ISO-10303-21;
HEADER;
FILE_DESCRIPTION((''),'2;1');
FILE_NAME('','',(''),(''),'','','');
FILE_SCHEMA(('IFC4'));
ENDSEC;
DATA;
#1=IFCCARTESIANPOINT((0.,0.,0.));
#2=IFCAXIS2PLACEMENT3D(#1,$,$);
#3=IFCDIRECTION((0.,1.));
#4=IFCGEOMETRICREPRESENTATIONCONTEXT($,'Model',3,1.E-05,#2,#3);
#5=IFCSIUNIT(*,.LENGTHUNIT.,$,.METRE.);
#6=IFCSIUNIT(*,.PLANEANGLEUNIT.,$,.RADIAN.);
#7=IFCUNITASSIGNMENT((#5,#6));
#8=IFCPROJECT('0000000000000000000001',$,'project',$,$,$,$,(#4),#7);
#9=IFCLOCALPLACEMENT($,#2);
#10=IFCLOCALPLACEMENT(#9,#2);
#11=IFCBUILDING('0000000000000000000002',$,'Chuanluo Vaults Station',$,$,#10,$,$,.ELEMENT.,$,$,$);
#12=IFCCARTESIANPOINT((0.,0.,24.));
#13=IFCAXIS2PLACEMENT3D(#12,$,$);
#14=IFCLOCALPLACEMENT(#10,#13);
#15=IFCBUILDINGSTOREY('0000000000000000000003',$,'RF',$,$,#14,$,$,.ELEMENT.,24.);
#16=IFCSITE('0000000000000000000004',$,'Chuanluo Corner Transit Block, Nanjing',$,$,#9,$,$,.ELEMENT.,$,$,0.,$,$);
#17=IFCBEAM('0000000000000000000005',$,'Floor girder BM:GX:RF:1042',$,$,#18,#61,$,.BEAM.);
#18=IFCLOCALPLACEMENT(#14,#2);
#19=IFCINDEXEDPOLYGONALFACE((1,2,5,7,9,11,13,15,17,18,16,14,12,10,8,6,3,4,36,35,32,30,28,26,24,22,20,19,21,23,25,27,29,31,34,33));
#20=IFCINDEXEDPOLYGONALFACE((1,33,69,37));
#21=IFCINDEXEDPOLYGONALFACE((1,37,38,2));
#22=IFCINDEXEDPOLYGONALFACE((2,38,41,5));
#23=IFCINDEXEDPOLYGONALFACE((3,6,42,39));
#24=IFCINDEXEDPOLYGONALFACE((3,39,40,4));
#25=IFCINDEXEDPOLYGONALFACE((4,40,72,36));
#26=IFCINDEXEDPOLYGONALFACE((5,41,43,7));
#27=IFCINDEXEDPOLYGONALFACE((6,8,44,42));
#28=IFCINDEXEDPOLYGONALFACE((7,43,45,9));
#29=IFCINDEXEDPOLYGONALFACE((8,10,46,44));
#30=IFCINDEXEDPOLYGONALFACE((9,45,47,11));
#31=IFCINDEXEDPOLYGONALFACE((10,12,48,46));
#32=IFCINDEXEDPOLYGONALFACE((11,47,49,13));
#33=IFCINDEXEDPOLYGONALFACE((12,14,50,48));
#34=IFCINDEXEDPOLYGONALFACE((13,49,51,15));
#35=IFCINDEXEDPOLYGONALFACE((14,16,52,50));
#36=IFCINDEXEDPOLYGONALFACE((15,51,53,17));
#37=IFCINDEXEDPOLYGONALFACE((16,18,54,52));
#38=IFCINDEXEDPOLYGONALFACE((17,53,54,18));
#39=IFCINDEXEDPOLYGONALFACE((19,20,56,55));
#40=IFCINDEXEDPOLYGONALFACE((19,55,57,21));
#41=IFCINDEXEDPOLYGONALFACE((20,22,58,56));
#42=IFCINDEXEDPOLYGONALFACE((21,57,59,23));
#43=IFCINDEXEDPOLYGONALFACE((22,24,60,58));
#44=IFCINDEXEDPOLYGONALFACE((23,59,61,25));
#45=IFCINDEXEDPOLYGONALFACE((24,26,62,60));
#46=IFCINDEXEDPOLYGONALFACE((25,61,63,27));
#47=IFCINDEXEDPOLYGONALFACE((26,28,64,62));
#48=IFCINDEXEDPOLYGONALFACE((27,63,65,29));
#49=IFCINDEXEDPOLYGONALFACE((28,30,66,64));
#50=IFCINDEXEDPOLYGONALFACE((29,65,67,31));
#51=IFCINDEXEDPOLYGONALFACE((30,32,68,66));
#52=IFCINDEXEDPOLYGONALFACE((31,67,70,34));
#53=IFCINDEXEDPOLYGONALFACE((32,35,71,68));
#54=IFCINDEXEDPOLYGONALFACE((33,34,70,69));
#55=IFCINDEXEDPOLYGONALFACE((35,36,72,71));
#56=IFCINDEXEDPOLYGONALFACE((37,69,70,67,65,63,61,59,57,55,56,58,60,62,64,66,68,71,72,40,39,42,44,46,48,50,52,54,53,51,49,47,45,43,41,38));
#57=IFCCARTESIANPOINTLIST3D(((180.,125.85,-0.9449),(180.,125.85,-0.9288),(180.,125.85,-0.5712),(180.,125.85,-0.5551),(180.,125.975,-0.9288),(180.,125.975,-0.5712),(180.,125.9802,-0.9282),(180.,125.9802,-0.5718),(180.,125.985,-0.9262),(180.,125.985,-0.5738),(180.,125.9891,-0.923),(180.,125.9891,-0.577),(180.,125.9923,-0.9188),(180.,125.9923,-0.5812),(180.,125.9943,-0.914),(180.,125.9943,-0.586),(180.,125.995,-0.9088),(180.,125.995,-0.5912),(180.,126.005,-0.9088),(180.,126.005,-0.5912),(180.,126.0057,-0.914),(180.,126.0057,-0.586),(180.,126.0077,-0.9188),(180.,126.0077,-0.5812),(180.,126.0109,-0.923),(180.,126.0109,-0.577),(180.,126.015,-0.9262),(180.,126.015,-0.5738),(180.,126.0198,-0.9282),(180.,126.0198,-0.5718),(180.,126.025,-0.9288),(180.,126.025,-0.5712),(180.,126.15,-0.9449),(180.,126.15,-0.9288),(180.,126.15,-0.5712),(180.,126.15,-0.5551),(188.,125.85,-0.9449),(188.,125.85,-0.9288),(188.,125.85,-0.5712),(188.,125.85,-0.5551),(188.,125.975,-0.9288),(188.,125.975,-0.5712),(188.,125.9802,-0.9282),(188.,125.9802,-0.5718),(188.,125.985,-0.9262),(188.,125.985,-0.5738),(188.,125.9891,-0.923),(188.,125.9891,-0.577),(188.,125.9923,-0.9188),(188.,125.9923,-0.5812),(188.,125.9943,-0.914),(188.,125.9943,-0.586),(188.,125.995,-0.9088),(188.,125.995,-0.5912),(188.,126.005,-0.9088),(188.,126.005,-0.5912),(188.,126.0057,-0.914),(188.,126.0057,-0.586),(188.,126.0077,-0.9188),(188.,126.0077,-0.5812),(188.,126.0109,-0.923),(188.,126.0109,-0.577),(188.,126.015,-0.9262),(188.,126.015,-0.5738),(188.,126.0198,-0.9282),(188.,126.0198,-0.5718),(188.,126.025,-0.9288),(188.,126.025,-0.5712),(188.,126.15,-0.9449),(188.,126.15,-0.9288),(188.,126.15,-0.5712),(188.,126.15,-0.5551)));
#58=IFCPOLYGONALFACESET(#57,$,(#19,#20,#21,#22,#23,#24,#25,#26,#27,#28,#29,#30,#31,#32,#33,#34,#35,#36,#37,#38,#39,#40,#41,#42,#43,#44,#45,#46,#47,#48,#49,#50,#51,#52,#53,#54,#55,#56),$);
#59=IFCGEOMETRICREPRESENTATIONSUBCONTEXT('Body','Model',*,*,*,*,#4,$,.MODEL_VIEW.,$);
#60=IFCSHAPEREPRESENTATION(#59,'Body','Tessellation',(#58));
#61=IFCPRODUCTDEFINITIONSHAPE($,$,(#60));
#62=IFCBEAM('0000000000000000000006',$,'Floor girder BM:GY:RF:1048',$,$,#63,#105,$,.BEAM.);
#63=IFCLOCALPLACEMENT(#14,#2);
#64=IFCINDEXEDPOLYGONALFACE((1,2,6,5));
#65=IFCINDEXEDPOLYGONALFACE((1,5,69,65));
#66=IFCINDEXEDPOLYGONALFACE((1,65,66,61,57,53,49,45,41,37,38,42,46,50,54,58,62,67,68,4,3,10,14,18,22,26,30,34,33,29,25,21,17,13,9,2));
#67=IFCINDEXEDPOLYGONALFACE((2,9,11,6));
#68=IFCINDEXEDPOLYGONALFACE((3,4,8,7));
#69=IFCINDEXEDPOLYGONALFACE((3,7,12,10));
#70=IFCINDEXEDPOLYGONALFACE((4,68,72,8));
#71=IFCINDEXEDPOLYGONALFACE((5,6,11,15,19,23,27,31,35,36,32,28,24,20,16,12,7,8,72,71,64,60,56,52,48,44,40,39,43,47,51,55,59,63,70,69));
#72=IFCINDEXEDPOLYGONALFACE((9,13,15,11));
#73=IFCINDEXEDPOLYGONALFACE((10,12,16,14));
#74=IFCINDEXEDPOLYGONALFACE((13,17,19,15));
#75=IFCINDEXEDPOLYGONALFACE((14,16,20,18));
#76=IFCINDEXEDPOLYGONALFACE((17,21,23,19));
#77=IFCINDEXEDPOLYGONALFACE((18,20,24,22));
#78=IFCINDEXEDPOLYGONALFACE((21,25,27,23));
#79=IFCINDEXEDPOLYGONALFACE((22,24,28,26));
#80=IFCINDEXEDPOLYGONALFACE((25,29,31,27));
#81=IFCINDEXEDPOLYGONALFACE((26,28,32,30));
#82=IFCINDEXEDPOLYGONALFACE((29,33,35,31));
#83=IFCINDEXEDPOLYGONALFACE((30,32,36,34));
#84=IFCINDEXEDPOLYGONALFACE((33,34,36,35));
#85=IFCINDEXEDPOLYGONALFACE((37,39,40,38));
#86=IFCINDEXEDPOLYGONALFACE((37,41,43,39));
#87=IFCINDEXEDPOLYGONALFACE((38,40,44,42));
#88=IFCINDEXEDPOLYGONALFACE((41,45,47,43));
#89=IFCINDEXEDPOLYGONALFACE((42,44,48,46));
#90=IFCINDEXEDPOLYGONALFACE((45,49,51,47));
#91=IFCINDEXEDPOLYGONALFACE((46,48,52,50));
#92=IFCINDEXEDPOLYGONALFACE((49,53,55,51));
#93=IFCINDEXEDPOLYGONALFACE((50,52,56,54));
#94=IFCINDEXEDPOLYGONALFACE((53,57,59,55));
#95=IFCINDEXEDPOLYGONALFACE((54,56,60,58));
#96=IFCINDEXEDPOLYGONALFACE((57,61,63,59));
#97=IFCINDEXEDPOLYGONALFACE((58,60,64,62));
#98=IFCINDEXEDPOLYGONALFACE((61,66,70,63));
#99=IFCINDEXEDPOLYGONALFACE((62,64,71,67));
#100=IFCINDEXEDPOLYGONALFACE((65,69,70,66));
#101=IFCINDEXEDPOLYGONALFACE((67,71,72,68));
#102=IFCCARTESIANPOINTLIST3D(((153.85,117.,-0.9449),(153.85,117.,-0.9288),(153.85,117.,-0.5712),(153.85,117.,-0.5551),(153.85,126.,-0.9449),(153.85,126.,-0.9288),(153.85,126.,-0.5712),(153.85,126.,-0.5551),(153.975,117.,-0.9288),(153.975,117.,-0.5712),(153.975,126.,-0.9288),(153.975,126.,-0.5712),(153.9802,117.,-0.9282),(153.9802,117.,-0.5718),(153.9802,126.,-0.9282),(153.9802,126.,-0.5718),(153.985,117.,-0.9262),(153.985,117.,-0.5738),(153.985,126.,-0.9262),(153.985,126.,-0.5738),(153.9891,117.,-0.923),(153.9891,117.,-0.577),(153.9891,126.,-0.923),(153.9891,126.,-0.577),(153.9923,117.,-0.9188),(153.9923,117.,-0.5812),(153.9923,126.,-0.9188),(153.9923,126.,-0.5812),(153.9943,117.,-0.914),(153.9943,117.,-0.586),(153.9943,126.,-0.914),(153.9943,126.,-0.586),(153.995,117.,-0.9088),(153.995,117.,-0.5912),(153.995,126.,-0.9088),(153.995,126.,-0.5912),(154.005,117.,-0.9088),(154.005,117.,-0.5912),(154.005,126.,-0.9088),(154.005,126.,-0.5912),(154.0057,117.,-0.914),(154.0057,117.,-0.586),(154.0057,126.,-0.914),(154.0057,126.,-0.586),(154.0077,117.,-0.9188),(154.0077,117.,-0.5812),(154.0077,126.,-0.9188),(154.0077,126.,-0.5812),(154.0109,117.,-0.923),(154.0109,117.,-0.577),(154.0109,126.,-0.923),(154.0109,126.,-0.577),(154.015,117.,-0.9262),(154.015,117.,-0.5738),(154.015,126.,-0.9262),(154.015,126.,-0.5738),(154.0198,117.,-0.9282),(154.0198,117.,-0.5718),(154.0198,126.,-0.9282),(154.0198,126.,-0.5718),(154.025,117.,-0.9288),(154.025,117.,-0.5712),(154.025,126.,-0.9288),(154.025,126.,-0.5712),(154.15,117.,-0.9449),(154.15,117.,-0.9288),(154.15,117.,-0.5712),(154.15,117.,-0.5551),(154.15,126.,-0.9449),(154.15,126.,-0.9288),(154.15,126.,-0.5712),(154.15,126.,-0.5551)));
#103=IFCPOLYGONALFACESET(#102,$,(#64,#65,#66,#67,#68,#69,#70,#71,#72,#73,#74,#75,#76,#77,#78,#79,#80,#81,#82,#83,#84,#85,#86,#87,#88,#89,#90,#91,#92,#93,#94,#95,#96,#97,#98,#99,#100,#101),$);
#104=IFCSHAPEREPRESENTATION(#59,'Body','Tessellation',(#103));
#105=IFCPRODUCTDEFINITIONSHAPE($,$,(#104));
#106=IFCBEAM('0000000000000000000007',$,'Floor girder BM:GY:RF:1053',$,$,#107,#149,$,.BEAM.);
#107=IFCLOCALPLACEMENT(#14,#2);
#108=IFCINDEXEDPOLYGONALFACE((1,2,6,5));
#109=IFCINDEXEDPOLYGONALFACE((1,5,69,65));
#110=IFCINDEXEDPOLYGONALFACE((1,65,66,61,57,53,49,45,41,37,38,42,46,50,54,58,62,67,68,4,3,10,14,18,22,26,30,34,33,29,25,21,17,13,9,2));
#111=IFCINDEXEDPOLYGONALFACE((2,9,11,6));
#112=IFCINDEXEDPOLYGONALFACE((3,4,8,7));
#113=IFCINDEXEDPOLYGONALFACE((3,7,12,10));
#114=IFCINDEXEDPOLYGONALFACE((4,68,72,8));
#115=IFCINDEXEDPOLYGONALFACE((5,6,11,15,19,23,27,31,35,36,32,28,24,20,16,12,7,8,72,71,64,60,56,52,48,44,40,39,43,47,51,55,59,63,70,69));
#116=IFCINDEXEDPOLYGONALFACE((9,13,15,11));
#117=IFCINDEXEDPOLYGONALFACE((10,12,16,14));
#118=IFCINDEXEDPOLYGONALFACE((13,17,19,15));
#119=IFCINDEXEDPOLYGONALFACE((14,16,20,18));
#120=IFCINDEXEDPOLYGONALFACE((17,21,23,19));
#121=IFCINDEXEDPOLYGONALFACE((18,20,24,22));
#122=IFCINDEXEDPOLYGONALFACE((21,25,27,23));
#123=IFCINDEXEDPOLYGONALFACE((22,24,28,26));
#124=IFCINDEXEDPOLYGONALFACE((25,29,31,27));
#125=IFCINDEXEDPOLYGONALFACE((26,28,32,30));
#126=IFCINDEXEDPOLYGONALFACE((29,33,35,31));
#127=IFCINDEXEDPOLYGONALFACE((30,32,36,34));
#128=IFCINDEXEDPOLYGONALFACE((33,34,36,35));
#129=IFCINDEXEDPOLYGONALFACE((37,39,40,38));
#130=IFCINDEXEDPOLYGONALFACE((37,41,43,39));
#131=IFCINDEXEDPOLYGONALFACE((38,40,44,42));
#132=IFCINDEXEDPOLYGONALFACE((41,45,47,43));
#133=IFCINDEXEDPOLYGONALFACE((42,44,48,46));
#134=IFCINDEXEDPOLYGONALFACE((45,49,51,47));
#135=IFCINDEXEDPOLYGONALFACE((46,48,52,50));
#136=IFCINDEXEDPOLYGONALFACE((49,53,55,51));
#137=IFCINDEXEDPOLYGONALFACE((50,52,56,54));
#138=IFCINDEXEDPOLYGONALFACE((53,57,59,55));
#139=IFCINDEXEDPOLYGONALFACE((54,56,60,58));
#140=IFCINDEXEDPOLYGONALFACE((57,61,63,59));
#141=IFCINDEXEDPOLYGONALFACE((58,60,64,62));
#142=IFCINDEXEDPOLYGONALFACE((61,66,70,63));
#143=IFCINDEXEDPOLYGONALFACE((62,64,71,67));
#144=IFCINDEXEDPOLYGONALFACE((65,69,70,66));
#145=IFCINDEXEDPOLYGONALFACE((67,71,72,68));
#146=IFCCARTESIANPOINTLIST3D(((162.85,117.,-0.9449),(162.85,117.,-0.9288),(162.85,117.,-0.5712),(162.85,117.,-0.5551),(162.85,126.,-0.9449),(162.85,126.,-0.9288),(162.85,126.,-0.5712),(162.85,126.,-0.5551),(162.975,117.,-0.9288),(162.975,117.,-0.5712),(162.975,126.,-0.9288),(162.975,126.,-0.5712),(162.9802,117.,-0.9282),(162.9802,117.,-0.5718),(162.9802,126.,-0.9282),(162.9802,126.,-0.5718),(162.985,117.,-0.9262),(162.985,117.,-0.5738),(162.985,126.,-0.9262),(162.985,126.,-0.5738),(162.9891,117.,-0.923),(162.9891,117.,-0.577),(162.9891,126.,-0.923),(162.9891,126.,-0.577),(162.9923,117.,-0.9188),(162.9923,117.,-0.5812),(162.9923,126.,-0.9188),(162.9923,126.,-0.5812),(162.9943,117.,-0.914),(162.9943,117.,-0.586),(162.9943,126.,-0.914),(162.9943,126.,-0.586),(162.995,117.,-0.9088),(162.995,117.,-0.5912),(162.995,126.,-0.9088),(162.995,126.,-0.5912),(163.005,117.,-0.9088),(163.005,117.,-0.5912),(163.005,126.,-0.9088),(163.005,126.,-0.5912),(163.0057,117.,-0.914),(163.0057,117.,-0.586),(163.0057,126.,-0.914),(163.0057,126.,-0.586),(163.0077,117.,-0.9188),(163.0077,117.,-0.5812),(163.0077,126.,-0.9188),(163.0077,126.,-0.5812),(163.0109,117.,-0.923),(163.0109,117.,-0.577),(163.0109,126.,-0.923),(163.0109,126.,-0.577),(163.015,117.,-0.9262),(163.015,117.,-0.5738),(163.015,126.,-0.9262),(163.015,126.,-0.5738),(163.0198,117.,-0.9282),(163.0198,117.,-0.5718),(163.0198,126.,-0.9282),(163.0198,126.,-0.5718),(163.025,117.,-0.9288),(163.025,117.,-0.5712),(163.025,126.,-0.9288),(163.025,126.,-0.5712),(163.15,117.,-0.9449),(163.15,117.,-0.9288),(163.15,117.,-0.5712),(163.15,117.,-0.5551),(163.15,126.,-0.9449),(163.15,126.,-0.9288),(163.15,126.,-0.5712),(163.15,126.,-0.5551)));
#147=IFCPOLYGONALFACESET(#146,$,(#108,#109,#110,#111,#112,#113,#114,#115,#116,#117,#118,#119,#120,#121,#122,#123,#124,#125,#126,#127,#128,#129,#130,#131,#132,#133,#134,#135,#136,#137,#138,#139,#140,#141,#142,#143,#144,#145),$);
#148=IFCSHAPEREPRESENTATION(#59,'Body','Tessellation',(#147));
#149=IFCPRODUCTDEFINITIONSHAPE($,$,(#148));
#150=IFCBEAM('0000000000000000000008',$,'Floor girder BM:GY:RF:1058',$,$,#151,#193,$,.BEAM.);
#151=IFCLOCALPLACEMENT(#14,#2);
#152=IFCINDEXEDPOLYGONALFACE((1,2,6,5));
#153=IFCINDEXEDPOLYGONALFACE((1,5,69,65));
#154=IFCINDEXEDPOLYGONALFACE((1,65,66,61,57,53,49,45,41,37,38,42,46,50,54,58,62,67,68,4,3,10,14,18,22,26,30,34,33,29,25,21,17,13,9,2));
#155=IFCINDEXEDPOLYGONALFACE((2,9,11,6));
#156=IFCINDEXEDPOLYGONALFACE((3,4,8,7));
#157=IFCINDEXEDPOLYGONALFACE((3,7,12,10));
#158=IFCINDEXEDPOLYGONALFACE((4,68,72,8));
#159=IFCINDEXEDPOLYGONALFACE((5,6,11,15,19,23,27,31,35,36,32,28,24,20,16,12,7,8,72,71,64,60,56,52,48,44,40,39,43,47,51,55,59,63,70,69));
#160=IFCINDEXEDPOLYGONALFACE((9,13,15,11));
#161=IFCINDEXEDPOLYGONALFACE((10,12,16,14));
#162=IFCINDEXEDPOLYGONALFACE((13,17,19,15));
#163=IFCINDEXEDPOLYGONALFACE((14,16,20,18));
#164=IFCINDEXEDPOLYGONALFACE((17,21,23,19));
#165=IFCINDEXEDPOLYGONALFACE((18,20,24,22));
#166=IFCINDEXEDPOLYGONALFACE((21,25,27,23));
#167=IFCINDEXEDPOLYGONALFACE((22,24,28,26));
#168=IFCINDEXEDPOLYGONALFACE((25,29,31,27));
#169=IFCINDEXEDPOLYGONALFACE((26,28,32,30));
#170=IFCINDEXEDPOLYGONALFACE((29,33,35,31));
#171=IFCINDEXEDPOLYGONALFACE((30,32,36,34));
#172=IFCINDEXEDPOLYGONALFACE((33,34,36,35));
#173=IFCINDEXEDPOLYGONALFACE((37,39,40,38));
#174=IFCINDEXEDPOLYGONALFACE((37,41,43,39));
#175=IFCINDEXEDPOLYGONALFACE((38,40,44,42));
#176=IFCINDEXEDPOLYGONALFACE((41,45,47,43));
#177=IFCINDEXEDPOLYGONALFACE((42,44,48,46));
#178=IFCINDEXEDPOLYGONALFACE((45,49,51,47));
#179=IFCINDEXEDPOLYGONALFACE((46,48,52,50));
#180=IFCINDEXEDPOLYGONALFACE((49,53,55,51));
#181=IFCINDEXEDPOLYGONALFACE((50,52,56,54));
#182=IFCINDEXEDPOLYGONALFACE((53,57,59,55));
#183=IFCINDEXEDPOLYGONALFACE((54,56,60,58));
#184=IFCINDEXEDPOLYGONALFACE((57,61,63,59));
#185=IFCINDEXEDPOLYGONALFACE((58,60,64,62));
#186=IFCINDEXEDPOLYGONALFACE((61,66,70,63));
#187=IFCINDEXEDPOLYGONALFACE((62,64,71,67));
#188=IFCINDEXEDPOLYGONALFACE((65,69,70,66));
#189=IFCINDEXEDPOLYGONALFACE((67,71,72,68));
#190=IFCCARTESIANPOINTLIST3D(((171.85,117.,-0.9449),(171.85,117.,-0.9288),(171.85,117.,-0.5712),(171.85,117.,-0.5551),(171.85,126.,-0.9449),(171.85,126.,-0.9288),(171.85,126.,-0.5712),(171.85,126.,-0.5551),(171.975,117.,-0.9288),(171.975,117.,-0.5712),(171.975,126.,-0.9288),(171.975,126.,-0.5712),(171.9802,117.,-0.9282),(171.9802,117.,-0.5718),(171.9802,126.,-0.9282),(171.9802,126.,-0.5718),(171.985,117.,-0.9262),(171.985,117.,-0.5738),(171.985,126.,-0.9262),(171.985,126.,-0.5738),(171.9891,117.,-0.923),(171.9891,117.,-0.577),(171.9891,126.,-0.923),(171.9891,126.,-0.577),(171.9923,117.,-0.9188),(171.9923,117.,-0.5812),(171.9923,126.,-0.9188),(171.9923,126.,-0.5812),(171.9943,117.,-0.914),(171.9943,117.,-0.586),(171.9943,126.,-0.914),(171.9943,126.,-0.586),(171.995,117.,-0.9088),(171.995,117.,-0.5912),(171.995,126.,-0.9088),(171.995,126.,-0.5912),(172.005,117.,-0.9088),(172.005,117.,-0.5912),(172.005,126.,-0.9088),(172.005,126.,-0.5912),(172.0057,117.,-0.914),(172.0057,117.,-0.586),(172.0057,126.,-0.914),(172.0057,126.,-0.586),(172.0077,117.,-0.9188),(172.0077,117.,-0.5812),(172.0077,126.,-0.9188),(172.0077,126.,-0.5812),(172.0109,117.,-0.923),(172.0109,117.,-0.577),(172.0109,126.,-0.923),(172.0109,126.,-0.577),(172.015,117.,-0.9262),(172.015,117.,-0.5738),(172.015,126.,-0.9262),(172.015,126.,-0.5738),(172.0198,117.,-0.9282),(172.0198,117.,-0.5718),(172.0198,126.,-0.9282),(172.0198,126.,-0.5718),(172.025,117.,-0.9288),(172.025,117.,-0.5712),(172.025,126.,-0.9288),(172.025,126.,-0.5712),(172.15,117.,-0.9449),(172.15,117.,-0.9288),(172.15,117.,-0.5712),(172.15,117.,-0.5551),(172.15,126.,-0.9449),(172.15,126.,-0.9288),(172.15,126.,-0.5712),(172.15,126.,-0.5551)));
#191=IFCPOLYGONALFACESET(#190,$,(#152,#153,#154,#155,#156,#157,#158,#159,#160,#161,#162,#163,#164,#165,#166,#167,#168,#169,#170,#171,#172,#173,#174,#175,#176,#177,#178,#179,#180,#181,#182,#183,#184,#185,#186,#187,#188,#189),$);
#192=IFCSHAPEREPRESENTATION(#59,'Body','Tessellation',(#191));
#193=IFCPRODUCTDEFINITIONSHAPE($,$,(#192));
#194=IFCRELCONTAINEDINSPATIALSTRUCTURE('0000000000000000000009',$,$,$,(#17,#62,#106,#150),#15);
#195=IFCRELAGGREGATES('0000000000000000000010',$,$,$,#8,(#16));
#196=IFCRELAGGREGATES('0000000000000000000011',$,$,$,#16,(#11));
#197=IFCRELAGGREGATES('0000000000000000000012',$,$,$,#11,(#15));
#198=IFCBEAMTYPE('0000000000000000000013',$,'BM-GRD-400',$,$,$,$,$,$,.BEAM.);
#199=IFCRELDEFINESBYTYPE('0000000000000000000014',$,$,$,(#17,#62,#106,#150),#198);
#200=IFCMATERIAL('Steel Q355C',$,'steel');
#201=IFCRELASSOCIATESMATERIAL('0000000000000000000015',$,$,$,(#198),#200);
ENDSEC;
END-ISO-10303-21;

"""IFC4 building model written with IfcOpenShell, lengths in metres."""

from ifc_helpers import new_model, si_unit, direction, frame, origin, origin_2d, place, context, subcontext, project, spatial, i_section, extrude, material, material_profile, profile_set, type_object, element, save


model = new_model("IFC4")

# Units and contexts
model_context = context("Model", 3, precision=1e-05, world=origin(), true_north=direction((0.0, 1.0)))
body_context = subcontext(model_context, "Body", "Model", "MODEL_VIEW")
ifc_project = project(units=[si_unit("LENGTHUNIT", "METRE"), si_unit("PLANEANGLEUNIT", "RADIAN")], contexts=[model_context])

# Site, building, storey
site_placement = place(None, origin())
site = spatial("IfcSite", under=ifc_project, at=site_placement, Name="Chuanluo Corner Transit Block, Nanjing", CompositionType="ELEMENT", RefElevation=0.0)
building_placement = place(site_placement, origin())
building = spatial("IfcBuilding", under=site, at=building_placement, Name="Chuanluo Vaults Station", CompositionType="ELEMENT")
storey_placement = place(building_placement, frame((0.0, 0.0, 24.0)))
storey = spatial("IfcBuildingStorey", under=building, at=storey_placement, Name="RF", CompositionType="ELEMENT", Elevation=24.0)

# Beams
ifc_material_1 = material(Name="Steel Q355C", Category="steel")
ifc_material_profile_1 = material_profile(ifc_material_1, i_section(OverallWidth=0.3, OverallDepth=0.3899, WebThickness=0.01, FlangeThickness=0.0161, FilletRadius=0.02, at=origin_2d()))
ifc_profile_set_1 = profile_set([ifc_material_profile_1], Name="Steel Q355C")
beam_type_1 = type_object("IfcBeamType", Name="BM-GRD-400", PredefinedType="BEAM", material=ifc_profile_set_1)
for number, where, z_axis, x_axis, name in (
    (1, (180.0, 126.0, -0.75), (1.0, 0.0, 0.0), (0.0, 1.0, 0.0), "Floor girder BM:GX:RF:1042"),
):
    element("IfcBeam", number, at=place(storey_placement, frame(where, z_axis=z_axis, x_axis=x_axis)), inside=storey, type_object=beam_type_1, Name=name, PredefinedType="BEAM", context=body_context, shape_type="SweptSolid", body=[
        extrude(i_section(OverallWidth=0.3, OverallDepth=0.3899, WebThickness=0.01, FlangeThickness=0.0161, FilletRadius=0.02, at=origin_2d()), origin(), (0.0, 0.0, 1.0), 8.0),
    ])
for number, where, z_axis, x_axis, name in (
    (2, (154.0, 117.0, -0.75), (0.0, 1.0, 0.0), (-1.0, 0.0, 0.0), "Floor girder BM:GY:RF:1048"),
    (3, (163.0, 117.0, -0.75), (0.0, 1.0, 0.0), (-1.0, 0.0, 0.0), "Floor girder BM:GY:RF:1053"),
    (4, (172.0, 117.0, -0.75), (0.0, 1.0, 0.0), (-1.0, 0.0, 0.0), "Floor girder BM:GY:RF:1058"),
):
    element("IfcBeam", number, at=place(storey_placement, frame(where, z_axis=z_axis, x_axis=x_axis)), inside=storey, type_object=beam_type_1, Name=name, PredefinedType="BEAM", context=body_context, shape_type="SweptSolid", body=[
        extrude(i_section(OverallWidth=0.3, OverallDepth=0.3899, WebThickness=0.01, FlangeThickness=0.0161, FilletRadius=0.02, at=origin_2d()), origin(), (0.0, 0.0, 1.0), 9.0),
    ])

save(model, "model.ifc")
